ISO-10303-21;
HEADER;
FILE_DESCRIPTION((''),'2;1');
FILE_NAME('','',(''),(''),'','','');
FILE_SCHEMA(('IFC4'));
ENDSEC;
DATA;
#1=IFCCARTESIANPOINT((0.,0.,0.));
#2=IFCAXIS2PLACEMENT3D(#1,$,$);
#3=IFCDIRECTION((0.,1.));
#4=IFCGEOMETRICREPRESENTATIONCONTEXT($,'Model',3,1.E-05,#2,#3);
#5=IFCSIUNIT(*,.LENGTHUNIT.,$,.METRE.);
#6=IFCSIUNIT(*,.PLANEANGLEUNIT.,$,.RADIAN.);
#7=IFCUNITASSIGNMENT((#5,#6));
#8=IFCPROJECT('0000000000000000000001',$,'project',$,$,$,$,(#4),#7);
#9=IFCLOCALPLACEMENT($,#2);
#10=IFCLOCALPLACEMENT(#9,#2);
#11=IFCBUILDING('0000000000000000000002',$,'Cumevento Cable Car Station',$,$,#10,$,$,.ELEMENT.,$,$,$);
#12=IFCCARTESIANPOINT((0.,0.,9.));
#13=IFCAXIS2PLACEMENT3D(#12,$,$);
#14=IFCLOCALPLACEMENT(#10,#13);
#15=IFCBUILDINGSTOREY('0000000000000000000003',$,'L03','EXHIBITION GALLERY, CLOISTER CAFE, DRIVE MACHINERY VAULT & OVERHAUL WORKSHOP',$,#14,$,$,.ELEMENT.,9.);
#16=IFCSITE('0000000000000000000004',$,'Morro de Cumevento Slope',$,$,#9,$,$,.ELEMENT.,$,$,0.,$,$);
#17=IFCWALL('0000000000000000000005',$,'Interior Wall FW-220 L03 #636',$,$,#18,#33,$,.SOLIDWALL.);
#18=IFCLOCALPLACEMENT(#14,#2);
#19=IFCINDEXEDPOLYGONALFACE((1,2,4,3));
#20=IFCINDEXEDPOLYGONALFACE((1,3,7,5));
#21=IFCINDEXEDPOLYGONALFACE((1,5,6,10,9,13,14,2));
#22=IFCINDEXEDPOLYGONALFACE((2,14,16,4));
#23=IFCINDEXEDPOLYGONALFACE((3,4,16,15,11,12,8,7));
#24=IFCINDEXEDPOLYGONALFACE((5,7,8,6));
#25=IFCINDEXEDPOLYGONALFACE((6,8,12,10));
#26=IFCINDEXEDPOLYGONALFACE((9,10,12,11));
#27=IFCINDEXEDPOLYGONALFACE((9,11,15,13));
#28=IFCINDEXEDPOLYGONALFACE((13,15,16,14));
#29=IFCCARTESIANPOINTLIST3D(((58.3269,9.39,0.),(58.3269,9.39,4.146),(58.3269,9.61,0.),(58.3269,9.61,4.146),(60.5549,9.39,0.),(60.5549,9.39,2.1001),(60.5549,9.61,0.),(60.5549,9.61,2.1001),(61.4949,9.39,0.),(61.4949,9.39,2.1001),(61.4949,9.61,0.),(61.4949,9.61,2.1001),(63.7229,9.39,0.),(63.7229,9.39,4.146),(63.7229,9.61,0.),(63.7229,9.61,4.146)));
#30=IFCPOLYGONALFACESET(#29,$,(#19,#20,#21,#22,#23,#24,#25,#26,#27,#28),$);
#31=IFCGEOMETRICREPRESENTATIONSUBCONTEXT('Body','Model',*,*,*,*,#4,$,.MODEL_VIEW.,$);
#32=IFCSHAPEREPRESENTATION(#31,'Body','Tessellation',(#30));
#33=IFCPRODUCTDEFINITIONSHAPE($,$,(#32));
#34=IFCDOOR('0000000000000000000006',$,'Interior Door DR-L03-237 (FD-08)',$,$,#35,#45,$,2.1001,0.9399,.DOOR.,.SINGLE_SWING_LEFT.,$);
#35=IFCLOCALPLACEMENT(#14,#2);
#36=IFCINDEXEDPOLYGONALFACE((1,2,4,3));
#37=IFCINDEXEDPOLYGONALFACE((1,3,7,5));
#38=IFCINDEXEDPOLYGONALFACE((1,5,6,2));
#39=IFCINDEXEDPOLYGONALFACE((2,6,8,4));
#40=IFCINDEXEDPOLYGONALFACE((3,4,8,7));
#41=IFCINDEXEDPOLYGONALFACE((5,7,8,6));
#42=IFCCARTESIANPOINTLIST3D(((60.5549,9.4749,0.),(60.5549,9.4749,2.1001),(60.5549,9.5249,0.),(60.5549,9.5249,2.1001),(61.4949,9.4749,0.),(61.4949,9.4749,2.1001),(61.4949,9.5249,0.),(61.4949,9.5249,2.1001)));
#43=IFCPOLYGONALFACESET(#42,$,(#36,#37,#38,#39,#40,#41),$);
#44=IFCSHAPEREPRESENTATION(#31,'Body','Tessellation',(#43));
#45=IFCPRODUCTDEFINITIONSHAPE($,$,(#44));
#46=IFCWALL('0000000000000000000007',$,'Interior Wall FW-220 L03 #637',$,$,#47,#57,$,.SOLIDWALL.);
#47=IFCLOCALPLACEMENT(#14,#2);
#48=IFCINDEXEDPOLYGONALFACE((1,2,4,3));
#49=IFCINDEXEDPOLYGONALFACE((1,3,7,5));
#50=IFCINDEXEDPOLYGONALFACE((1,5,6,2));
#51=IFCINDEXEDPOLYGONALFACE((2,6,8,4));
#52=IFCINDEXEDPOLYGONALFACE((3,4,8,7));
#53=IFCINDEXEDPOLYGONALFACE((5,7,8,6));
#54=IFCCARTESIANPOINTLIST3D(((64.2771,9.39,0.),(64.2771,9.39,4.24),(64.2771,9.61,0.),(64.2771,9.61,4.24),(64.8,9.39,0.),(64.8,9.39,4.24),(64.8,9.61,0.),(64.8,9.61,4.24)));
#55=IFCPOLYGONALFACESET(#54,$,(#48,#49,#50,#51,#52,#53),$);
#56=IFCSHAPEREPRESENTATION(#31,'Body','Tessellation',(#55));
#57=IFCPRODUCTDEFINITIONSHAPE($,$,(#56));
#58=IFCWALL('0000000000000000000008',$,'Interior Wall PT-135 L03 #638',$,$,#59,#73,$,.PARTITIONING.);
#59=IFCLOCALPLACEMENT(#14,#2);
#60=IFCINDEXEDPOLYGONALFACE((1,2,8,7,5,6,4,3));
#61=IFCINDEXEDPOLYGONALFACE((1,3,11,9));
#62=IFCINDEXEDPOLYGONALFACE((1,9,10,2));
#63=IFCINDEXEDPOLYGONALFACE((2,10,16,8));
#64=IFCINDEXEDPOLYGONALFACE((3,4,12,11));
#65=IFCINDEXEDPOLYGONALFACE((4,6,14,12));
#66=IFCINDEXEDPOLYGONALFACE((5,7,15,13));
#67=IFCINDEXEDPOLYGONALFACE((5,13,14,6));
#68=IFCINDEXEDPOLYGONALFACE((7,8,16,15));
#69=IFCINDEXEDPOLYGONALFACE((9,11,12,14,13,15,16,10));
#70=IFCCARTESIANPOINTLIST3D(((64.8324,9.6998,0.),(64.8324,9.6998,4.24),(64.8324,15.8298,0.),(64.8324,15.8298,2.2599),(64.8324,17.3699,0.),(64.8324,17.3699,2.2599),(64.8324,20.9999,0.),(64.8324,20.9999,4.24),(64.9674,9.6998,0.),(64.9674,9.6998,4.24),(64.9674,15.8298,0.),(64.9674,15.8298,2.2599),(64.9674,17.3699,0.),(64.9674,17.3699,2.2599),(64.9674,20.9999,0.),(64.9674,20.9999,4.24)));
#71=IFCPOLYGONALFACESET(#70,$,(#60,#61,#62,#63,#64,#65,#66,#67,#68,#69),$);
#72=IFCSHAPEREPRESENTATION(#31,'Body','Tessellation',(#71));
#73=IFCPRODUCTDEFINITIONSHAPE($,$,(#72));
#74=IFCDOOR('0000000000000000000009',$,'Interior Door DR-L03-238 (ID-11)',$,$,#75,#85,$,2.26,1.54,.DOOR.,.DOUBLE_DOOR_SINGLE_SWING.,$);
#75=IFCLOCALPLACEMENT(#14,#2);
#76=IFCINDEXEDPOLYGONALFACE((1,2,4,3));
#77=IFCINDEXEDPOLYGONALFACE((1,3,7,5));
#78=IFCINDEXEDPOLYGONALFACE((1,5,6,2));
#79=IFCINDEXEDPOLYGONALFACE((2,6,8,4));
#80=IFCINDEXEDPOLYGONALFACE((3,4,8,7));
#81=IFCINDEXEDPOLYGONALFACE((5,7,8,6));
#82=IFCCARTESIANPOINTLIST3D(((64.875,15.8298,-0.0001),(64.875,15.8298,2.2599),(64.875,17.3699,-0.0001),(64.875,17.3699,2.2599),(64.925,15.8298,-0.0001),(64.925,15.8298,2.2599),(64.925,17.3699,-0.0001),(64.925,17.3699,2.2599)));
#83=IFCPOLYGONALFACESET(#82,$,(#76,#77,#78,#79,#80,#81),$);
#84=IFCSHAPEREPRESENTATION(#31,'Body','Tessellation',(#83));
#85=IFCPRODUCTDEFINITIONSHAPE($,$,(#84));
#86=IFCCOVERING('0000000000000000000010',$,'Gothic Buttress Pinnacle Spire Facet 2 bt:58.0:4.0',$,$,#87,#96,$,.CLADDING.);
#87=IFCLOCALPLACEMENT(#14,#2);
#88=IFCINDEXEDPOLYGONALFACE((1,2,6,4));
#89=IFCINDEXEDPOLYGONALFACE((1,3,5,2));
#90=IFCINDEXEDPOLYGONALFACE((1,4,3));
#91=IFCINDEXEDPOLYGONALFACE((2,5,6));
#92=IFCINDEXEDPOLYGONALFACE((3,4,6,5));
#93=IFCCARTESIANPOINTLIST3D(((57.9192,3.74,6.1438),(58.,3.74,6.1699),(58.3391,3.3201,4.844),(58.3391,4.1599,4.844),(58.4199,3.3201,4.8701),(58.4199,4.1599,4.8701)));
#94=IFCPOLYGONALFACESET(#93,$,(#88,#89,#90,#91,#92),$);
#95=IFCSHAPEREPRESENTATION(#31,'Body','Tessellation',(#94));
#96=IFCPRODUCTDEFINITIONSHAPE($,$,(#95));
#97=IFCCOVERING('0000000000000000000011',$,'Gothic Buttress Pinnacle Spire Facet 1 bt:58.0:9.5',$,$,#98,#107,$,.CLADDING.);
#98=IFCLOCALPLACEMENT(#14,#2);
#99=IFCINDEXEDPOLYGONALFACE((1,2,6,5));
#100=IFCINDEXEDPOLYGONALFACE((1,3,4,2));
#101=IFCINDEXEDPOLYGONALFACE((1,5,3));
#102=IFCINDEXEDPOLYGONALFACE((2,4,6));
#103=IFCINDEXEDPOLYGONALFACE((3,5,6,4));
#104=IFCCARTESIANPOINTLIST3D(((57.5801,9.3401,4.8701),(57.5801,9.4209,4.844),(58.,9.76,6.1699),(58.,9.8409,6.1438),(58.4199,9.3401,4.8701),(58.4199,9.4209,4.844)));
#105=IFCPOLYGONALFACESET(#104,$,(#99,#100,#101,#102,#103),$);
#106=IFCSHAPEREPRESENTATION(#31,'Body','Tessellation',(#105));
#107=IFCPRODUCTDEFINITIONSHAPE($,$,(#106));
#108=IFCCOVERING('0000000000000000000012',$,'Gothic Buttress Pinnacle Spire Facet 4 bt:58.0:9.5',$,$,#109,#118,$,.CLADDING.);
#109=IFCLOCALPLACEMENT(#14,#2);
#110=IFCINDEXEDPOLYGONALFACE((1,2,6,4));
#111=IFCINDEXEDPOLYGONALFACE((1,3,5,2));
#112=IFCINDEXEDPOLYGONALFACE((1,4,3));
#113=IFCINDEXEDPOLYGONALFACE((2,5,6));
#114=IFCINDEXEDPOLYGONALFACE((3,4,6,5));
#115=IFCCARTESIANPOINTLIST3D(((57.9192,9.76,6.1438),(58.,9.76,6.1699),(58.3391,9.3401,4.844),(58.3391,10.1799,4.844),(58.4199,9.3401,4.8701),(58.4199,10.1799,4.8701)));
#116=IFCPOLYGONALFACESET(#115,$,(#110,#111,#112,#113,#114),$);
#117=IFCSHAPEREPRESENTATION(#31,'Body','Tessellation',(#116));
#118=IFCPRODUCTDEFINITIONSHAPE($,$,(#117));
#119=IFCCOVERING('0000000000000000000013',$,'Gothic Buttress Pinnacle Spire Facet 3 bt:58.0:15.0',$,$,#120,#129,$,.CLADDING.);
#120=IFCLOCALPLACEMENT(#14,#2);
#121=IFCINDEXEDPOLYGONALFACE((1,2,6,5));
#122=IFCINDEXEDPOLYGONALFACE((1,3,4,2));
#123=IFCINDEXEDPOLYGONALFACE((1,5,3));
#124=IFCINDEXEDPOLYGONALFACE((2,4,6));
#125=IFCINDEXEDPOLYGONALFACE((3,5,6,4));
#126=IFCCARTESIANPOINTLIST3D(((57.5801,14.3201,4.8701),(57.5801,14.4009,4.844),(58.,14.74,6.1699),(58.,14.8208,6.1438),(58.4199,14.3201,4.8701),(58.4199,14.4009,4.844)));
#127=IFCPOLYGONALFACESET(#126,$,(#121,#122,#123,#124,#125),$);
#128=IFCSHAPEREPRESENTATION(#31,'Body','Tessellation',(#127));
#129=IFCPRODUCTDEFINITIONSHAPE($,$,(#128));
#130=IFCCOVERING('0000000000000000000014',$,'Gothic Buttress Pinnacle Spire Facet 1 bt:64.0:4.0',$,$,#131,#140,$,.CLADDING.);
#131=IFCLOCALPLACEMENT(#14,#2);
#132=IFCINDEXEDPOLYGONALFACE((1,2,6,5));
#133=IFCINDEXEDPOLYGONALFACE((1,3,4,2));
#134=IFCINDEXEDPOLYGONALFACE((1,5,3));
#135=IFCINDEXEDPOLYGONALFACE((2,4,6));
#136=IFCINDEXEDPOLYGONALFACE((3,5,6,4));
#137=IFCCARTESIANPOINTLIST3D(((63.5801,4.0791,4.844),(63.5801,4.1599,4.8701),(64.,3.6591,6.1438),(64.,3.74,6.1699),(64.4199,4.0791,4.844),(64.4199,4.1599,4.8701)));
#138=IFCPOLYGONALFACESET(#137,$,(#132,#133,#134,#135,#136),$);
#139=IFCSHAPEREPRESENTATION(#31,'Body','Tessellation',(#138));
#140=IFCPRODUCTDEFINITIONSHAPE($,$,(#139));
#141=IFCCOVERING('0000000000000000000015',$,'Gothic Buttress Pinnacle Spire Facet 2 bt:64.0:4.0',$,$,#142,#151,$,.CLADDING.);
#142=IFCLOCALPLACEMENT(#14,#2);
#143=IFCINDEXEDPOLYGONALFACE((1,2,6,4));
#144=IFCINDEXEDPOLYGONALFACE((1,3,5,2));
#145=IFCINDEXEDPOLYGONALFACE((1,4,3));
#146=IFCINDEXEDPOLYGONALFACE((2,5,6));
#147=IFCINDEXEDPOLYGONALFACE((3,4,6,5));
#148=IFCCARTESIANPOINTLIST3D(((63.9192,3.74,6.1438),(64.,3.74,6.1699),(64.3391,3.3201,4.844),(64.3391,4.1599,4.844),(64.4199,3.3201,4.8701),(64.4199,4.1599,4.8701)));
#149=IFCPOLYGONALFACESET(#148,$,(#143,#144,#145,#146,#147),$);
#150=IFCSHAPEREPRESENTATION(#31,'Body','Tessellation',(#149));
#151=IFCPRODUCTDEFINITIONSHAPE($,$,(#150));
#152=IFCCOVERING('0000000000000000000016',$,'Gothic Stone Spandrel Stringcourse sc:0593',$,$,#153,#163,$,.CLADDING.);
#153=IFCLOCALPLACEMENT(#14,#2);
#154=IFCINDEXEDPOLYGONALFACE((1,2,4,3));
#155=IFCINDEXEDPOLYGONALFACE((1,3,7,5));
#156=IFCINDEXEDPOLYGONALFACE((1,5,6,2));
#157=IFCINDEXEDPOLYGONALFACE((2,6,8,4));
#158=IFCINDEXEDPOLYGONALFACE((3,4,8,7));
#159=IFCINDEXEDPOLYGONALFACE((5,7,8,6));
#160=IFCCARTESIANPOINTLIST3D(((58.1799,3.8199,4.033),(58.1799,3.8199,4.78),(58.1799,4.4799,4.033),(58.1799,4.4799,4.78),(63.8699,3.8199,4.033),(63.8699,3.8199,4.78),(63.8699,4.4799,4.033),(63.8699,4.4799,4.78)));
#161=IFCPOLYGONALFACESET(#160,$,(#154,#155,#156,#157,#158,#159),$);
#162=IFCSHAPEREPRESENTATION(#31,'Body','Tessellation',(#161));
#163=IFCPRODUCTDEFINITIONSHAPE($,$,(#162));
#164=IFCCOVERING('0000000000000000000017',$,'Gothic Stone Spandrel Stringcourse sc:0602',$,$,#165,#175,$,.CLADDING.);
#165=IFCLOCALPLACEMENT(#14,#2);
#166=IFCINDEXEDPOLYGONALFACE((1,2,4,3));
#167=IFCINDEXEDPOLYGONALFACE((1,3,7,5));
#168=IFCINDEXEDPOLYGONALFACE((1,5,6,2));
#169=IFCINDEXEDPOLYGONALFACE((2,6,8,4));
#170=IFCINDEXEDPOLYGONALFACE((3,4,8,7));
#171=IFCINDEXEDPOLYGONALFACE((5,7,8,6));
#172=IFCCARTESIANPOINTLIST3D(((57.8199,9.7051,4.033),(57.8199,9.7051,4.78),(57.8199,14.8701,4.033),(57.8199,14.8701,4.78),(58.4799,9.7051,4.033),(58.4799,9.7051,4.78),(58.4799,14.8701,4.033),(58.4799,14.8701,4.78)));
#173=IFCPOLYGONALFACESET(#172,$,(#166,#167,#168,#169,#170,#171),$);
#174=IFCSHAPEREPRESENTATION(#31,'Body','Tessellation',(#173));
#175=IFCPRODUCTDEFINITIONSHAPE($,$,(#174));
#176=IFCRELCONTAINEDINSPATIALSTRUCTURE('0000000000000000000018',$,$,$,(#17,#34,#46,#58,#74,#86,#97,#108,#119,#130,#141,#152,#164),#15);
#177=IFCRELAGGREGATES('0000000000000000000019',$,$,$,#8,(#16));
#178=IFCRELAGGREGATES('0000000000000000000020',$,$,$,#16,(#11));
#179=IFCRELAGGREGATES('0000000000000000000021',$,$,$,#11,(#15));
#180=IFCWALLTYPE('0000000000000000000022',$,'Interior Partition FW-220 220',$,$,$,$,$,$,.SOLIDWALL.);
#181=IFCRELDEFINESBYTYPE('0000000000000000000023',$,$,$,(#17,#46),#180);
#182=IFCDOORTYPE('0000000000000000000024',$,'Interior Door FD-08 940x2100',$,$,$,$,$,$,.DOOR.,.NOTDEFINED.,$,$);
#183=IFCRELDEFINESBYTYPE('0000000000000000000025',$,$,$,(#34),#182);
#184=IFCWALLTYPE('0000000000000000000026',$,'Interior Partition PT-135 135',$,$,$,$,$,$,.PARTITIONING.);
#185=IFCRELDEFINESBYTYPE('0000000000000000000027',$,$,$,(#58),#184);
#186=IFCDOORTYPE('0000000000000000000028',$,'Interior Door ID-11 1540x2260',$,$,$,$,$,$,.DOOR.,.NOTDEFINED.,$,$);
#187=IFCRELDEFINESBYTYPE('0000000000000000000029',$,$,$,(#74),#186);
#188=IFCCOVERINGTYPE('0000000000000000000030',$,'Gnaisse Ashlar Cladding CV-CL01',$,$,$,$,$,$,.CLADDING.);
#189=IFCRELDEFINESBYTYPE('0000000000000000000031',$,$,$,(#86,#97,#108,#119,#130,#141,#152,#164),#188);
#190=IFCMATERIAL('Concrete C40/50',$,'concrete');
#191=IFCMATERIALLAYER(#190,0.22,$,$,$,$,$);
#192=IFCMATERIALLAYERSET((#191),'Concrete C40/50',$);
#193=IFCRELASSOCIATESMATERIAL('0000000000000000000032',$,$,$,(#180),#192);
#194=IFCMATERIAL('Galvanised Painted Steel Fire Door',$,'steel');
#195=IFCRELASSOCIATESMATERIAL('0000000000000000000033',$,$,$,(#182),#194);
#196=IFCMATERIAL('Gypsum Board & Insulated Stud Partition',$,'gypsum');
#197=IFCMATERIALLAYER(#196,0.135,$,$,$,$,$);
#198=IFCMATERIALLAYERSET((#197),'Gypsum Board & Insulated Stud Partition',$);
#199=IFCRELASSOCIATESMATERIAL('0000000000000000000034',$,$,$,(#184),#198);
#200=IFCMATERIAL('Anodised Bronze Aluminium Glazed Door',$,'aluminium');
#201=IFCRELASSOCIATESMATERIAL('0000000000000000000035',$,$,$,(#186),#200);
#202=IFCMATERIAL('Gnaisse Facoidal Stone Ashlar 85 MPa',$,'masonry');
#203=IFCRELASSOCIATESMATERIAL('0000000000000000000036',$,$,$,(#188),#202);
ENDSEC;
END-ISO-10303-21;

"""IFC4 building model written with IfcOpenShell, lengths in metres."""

from ifc_helpers import new_model, si_unit, direction, frame, frame_2d, origin, origin_2d, place, context, subcontext, project, spatial, polyline, rectangle, outline, extrude, material, layer, layer_set, type_object, element, fill, save


model = new_model("IFC4")

# Units and contexts
model_context = context("Model", 3, precision=1e-05, world=origin(), true_north=direction((0.0, 1.0)))
body_context = subcontext(model_context, "Body", "Model", "MODEL_VIEW")
ifc_project = project(units=[si_unit("LENGTHUNIT", "METRE"), si_unit("PLANEANGLEUNIT", "RADIAN")], contexts=[model_context])

# Site, building, storey
site_placement = place(None, origin())
site = spatial("IfcSite", under=ifc_project, at=site_placement, Name="Morro de Cumevento Slope", CompositionType="ELEMENT", RefElevation=0.0)
building_placement = place(site_placement, origin())
building = spatial("IfcBuilding", under=site, at=building_placement, Name="Cumevento Cable Car Station", CompositionType="ELEMENT")
storey_placement = place(building_placement, frame((0.0, 0.0, 9.0)))
storey = spatial("IfcBuildingStorey", under=building, at=storey_placement, Name="L03", Description="EXHIBITION GALLERY, CLOISTER CAFE, DRIVE MACHINERY VAULT & OVERHAUL WORKSHOP", CompositionType="ELEMENT", Elevation=9.0)

# Wall, opening, door
ifc_material_1 = material(Name="Concrete C40/50", Category="concrete")
ifc_layer_1 = layer(ifc_material_1, 0.22)
ifc_layer_set_1 = layer_set([ifc_layer_1], Name="Concrete C40/50")
wall_type_1 = type_object("IfcWallType", Name="Interior Partition FW-220 220", PredefinedType="SOLIDWALL", material=ifc_layer_set_1)
wall_1_placement = place(storey_placement, frame((58.3269, 9.5, 0.0), z_axis=(0.0, 0.0, 1.0), x_axis=(1.0, 0.0, 0.0)))
wall_1 = element("IfcWall", 1, at=wall_1_placement, inside=storey, type_object=wall_type_1, Name="Interior Wall FW-220 L03 #636", PredefinedType="SOLIDWALL", context=body_context, shape_type="SweptSolid", body=[
    extrude(rectangle(XDim=5.396, YDim=0.22, at=frame_2d((2.698, 0.0))), origin(), (0.0, 0.0, 1.0), 4.146),
])
opening_1_placement = place(wall_1_placement, frame((2.228, 0.0, 0.0)))
opening_1 = element("IfcOpeningElement", 2, at=opening_1_placement, cuts=wall_1, PredefinedType="OPENING", context=body_context, shape_type="SweptSolid", body=[
    extrude(rectangle(XDim=0.9399, YDim=2.1001, at=frame_2d((0.47, 1.05))), frame((0.0, 0.1199, 0.0), z_axis=(0.0, -1.0, 0.0), x_axis=(1.0, 0.0, 0.0)), (0.0, 0.0, 1.0), 0.24),
])
ifc_material_2 = material(Name="Galvanised Painted Steel Fire Door", Category="steel")
door_type_1 = type_object("IfcDoorType", Name="Interior Door FD-08 940x2100", OperationType="NOTDEFINED", PredefinedType="DOOR", material=ifc_material_2)
door_1_placement = place(opening_1_placement, origin())
door_1 = element("IfcDoor", 3, at=door_1_placement, inside=storey, type_object=door_type_1, Name="Interior Door DR-L03-237 (FD-08)", OperationType="SINGLE_SWING_LEFT", OverallHeight=2.1001, OverallWidth=0.9399, PredefinedType="DOOR", context=body_context, shape_type="SweptSolid", body=[
    extrude(rectangle(XDim=0.9399, YDim=2.1001, at=frame_2d((0.47, 1.05))), frame((0.0, 0.0249, 0.0), z_axis=(0.0, -1.0, 0.0), x_axis=(1.0, 0.0, 0.0)), (0.0, 0.0, 1.0), 0.05),
])
fill(opening_1, door_1)

# Wall
wall_2_placement = place(storey_placement, frame((64.2771, 9.5, 0.0), z_axis=(0.0, 0.0, 1.0), x_axis=(1.0, 0.0, 0.0)))
element("IfcWall", 4, at=wall_2_placement, inside=storey, type_object=wall_type_1, Name="Interior Wall FW-220 L03 #637", PredefinedType="SOLIDWALL", context=body_context, shape_type="SweptSolid", body=[
    extrude(rectangle(XDim=0.5229, YDim=0.22, at=frame_2d((0.2615, 0.0))), origin(), (0.0, 0.0, 1.0), 4.24),
])

# Wall, opening, door
ifc_material_3 = material(Name="Gypsum Board & Insulated Stud Partition", Category="gypsum")
ifc_layer_2 = layer(ifc_material_3, 0.135)
ifc_layer_set_2 = layer_set([ifc_layer_2], Name="Gypsum Board & Insulated Stud Partition")
wall_type_2 = type_object("IfcWallType", Name="Interior Partition PT-135 135", PredefinedType="PARTITIONING", material=ifc_layer_set_2)
wall_3_placement = place(storey_placement, frame((64.8999, 9.7, 0.0), z_axis=(0.0, 0.0, 1.0), x_axis=(0.0, 1.0, 0.0)))
wall_3 = element("IfcWall", 5, at=wall_3_placement, inside=storey, type_object=wall_type_2, Name="Interior Wall PT-135 L03 #638", PredefinedType="PARTITIONING", context=body_context, shape_type="SweptSolid", body=[
    extrude(rectangle(XDim=11.3, YDim=0.135, at=frame_2d((5.6499, 0.0))), origin(), (0.0, 0.0, 1.0), 4.24),
])
opening_2_placement = place(wall_3_placement, frame((6.1299, 0.0, 0.0)))
opening_2 = element("IfcOpeningElement", 6, at=opening_2_placement, cuts=wall_3, PredefinedType="OPENING", context=body_context, shape_type="SweptSolid", body=[
    extrude(rectangle(XDim=1.54, YDim=2.26, at=frame_2d((0.77, 1.1299))), frame((0.0, 0.0774, 0.0), z_axis=(0.0, -1.0, 0.0), x_axis=(1.0, 0.0, 0.0)), (0.0, 0.0, 1.0), 0.155),
])
ifc_material_4 = material(Name="Anodised Bronze Aluminium Glazed Door", Category="aluminium")
door_type_2 = type_object("IfcDoorType", Name="Interior Door ID-11 1540x2260", OperationType="NOTDEFINED", PredefinedType="DOOR", material=ifc_material_4)
door_2_placement = place(opening_2_placement, origin())
door_2 = element("IfcDoor", 7, at=door_2_placement, inside=storey, type_object=door_type_2, Name="Interior Door DR-L03-238 (ID-11)", OperationType="DOUBLE_DOOR_SINGLE_SWING", OverallHeight=2.26, OverallWidth=1.54, PredefinedType="DOOR", context=body_context, shape_type="SweptSolid", body=[
    extrude(rectangle(XDim=1.54, YDim=2.26, at=frame_2d((0.77, 1.1299))), frame((0.0, 0.0249, 0.0), z_axis=(0.0, -1.0, 0.0), x_axis=(1.0, 0.0, 0.0)), (0.0, 0.0, 1.0), 0.05),
])
fill(opening_2, door_2)

# Coverings
ifc_material_5 = material(Name="Gnaisse Facoidal Stone Ashlar 85 MPa", Category="masonry")
covering_type = type_object("IfcCoveringType", Name="Gnaisse Ashlar Cladding CV-CL01", PredefinedType="CLADDING", material=ifc_material_5)
for number, where, z_axis, x_axis, name in (
    (8, (58.4199, 4.1599, 4.8701), (0.951574, 0.0, 0.307421), (0.0, -1.0, 0.0), "Gothic Buttress Pinnacle Spire Facet 2 bt:58.0:4.0"),
    (9, (58.4199, 9.3401, 4.8701), (0.0, -0.951574, 0.307421), (-1.0, 0.0, 0.0), "Gothic Buttress Pinnacle Spire Facet 1 bt:58.0:9.5"),
    (10, (58.4199, 10.1799, 4.8701), (0.951574, 0.0, 0.307421), (0.0, -1.0, 0.0), "Gothic Buttress Pinnacle Spire Facet 4 bt:58.0:9.5"),
    (11, (58.4199, 14.3201, 4.8701), (0.0, -0.951574, 0.307421), (-1.0, 0.0, 0.0), "Gothic Buttress Pinnacle Spire Facet 3 bt:58.0:15.0"),
    (12, (63.5801, 4.1599, 4.8701), (0.0, 0.951574, 0.307421), (1.0, 0.0, 0.0), "Gothic Buttress Pinnacle Spire Facet 1 bt:64.0:4.0"),
    (13, (64.4199, 4.1599, 4.8701), (0.951574, 0.0, 0.307421), (0.0, -1.0, 0.0), "Gothic Buttress Pinnacle Spire Facet 2 bt:64.0:4.0"),
):
    element("IfcCovering", number, at=place(storey_placement, frame(where, z_axis=z_axis, x_axis=x_axis)), inside=storey, type_object=covering_type, Name=name, PredefinedType="CLADDING", context=body_context, shape_type="SweptSolid", body=[
        extrude(outline(polyline([(0.0, 0.0), (0.8398, 0.0), (0.4199, -1.366), (0.0, 0.0)])), origin(), (0.0, 0.0, -1.0), 0.085),
    ])
covering_1_placement = place(storey_placement, frame((61.0249, 4.1499, 4.033), z_axis=(0.0, 0.0, 1.0), x_axis=(-1.0, 0.0, 0.0)))
element("IfcCovering", 14, at=covering_1_placement, inside=storey, type_object=covering_type, Name="Gothic Stone Spandrel Stringcourse sc:0593", PredefinedType="CLADDING", context=body_context, shape_type="SweptSolid", body=[
    extrude(rectangle(XDim=5.6899, YDim=0.6599, at=origin_2d()), origin(), (0.0, 0.0, 1.0), 0.7471),
])
covering_2_placement = place(storey_placement, frame((58.1499, 12.2876, 4.033), z_axis=(0.0, 0.0, 1.0), x_axis=(0.0, 1.0, 0.0)))
element("IfcCovering", 15, at=covering_2_placement, inside=storey, type_object=covering_type, Name="Gothic Stone Spandrel Stringcourse sc:0602", PredefinedType="CLADDING", context=body_context, shape_type="SweptSolid", body=[
    extrude(rectangle(XDim=5.165, YDim=0.6599, at=origin_2d()), origin(), (0.0, 0.0, 1.0), 0.7471),
])

save(model, "model.ifc")
